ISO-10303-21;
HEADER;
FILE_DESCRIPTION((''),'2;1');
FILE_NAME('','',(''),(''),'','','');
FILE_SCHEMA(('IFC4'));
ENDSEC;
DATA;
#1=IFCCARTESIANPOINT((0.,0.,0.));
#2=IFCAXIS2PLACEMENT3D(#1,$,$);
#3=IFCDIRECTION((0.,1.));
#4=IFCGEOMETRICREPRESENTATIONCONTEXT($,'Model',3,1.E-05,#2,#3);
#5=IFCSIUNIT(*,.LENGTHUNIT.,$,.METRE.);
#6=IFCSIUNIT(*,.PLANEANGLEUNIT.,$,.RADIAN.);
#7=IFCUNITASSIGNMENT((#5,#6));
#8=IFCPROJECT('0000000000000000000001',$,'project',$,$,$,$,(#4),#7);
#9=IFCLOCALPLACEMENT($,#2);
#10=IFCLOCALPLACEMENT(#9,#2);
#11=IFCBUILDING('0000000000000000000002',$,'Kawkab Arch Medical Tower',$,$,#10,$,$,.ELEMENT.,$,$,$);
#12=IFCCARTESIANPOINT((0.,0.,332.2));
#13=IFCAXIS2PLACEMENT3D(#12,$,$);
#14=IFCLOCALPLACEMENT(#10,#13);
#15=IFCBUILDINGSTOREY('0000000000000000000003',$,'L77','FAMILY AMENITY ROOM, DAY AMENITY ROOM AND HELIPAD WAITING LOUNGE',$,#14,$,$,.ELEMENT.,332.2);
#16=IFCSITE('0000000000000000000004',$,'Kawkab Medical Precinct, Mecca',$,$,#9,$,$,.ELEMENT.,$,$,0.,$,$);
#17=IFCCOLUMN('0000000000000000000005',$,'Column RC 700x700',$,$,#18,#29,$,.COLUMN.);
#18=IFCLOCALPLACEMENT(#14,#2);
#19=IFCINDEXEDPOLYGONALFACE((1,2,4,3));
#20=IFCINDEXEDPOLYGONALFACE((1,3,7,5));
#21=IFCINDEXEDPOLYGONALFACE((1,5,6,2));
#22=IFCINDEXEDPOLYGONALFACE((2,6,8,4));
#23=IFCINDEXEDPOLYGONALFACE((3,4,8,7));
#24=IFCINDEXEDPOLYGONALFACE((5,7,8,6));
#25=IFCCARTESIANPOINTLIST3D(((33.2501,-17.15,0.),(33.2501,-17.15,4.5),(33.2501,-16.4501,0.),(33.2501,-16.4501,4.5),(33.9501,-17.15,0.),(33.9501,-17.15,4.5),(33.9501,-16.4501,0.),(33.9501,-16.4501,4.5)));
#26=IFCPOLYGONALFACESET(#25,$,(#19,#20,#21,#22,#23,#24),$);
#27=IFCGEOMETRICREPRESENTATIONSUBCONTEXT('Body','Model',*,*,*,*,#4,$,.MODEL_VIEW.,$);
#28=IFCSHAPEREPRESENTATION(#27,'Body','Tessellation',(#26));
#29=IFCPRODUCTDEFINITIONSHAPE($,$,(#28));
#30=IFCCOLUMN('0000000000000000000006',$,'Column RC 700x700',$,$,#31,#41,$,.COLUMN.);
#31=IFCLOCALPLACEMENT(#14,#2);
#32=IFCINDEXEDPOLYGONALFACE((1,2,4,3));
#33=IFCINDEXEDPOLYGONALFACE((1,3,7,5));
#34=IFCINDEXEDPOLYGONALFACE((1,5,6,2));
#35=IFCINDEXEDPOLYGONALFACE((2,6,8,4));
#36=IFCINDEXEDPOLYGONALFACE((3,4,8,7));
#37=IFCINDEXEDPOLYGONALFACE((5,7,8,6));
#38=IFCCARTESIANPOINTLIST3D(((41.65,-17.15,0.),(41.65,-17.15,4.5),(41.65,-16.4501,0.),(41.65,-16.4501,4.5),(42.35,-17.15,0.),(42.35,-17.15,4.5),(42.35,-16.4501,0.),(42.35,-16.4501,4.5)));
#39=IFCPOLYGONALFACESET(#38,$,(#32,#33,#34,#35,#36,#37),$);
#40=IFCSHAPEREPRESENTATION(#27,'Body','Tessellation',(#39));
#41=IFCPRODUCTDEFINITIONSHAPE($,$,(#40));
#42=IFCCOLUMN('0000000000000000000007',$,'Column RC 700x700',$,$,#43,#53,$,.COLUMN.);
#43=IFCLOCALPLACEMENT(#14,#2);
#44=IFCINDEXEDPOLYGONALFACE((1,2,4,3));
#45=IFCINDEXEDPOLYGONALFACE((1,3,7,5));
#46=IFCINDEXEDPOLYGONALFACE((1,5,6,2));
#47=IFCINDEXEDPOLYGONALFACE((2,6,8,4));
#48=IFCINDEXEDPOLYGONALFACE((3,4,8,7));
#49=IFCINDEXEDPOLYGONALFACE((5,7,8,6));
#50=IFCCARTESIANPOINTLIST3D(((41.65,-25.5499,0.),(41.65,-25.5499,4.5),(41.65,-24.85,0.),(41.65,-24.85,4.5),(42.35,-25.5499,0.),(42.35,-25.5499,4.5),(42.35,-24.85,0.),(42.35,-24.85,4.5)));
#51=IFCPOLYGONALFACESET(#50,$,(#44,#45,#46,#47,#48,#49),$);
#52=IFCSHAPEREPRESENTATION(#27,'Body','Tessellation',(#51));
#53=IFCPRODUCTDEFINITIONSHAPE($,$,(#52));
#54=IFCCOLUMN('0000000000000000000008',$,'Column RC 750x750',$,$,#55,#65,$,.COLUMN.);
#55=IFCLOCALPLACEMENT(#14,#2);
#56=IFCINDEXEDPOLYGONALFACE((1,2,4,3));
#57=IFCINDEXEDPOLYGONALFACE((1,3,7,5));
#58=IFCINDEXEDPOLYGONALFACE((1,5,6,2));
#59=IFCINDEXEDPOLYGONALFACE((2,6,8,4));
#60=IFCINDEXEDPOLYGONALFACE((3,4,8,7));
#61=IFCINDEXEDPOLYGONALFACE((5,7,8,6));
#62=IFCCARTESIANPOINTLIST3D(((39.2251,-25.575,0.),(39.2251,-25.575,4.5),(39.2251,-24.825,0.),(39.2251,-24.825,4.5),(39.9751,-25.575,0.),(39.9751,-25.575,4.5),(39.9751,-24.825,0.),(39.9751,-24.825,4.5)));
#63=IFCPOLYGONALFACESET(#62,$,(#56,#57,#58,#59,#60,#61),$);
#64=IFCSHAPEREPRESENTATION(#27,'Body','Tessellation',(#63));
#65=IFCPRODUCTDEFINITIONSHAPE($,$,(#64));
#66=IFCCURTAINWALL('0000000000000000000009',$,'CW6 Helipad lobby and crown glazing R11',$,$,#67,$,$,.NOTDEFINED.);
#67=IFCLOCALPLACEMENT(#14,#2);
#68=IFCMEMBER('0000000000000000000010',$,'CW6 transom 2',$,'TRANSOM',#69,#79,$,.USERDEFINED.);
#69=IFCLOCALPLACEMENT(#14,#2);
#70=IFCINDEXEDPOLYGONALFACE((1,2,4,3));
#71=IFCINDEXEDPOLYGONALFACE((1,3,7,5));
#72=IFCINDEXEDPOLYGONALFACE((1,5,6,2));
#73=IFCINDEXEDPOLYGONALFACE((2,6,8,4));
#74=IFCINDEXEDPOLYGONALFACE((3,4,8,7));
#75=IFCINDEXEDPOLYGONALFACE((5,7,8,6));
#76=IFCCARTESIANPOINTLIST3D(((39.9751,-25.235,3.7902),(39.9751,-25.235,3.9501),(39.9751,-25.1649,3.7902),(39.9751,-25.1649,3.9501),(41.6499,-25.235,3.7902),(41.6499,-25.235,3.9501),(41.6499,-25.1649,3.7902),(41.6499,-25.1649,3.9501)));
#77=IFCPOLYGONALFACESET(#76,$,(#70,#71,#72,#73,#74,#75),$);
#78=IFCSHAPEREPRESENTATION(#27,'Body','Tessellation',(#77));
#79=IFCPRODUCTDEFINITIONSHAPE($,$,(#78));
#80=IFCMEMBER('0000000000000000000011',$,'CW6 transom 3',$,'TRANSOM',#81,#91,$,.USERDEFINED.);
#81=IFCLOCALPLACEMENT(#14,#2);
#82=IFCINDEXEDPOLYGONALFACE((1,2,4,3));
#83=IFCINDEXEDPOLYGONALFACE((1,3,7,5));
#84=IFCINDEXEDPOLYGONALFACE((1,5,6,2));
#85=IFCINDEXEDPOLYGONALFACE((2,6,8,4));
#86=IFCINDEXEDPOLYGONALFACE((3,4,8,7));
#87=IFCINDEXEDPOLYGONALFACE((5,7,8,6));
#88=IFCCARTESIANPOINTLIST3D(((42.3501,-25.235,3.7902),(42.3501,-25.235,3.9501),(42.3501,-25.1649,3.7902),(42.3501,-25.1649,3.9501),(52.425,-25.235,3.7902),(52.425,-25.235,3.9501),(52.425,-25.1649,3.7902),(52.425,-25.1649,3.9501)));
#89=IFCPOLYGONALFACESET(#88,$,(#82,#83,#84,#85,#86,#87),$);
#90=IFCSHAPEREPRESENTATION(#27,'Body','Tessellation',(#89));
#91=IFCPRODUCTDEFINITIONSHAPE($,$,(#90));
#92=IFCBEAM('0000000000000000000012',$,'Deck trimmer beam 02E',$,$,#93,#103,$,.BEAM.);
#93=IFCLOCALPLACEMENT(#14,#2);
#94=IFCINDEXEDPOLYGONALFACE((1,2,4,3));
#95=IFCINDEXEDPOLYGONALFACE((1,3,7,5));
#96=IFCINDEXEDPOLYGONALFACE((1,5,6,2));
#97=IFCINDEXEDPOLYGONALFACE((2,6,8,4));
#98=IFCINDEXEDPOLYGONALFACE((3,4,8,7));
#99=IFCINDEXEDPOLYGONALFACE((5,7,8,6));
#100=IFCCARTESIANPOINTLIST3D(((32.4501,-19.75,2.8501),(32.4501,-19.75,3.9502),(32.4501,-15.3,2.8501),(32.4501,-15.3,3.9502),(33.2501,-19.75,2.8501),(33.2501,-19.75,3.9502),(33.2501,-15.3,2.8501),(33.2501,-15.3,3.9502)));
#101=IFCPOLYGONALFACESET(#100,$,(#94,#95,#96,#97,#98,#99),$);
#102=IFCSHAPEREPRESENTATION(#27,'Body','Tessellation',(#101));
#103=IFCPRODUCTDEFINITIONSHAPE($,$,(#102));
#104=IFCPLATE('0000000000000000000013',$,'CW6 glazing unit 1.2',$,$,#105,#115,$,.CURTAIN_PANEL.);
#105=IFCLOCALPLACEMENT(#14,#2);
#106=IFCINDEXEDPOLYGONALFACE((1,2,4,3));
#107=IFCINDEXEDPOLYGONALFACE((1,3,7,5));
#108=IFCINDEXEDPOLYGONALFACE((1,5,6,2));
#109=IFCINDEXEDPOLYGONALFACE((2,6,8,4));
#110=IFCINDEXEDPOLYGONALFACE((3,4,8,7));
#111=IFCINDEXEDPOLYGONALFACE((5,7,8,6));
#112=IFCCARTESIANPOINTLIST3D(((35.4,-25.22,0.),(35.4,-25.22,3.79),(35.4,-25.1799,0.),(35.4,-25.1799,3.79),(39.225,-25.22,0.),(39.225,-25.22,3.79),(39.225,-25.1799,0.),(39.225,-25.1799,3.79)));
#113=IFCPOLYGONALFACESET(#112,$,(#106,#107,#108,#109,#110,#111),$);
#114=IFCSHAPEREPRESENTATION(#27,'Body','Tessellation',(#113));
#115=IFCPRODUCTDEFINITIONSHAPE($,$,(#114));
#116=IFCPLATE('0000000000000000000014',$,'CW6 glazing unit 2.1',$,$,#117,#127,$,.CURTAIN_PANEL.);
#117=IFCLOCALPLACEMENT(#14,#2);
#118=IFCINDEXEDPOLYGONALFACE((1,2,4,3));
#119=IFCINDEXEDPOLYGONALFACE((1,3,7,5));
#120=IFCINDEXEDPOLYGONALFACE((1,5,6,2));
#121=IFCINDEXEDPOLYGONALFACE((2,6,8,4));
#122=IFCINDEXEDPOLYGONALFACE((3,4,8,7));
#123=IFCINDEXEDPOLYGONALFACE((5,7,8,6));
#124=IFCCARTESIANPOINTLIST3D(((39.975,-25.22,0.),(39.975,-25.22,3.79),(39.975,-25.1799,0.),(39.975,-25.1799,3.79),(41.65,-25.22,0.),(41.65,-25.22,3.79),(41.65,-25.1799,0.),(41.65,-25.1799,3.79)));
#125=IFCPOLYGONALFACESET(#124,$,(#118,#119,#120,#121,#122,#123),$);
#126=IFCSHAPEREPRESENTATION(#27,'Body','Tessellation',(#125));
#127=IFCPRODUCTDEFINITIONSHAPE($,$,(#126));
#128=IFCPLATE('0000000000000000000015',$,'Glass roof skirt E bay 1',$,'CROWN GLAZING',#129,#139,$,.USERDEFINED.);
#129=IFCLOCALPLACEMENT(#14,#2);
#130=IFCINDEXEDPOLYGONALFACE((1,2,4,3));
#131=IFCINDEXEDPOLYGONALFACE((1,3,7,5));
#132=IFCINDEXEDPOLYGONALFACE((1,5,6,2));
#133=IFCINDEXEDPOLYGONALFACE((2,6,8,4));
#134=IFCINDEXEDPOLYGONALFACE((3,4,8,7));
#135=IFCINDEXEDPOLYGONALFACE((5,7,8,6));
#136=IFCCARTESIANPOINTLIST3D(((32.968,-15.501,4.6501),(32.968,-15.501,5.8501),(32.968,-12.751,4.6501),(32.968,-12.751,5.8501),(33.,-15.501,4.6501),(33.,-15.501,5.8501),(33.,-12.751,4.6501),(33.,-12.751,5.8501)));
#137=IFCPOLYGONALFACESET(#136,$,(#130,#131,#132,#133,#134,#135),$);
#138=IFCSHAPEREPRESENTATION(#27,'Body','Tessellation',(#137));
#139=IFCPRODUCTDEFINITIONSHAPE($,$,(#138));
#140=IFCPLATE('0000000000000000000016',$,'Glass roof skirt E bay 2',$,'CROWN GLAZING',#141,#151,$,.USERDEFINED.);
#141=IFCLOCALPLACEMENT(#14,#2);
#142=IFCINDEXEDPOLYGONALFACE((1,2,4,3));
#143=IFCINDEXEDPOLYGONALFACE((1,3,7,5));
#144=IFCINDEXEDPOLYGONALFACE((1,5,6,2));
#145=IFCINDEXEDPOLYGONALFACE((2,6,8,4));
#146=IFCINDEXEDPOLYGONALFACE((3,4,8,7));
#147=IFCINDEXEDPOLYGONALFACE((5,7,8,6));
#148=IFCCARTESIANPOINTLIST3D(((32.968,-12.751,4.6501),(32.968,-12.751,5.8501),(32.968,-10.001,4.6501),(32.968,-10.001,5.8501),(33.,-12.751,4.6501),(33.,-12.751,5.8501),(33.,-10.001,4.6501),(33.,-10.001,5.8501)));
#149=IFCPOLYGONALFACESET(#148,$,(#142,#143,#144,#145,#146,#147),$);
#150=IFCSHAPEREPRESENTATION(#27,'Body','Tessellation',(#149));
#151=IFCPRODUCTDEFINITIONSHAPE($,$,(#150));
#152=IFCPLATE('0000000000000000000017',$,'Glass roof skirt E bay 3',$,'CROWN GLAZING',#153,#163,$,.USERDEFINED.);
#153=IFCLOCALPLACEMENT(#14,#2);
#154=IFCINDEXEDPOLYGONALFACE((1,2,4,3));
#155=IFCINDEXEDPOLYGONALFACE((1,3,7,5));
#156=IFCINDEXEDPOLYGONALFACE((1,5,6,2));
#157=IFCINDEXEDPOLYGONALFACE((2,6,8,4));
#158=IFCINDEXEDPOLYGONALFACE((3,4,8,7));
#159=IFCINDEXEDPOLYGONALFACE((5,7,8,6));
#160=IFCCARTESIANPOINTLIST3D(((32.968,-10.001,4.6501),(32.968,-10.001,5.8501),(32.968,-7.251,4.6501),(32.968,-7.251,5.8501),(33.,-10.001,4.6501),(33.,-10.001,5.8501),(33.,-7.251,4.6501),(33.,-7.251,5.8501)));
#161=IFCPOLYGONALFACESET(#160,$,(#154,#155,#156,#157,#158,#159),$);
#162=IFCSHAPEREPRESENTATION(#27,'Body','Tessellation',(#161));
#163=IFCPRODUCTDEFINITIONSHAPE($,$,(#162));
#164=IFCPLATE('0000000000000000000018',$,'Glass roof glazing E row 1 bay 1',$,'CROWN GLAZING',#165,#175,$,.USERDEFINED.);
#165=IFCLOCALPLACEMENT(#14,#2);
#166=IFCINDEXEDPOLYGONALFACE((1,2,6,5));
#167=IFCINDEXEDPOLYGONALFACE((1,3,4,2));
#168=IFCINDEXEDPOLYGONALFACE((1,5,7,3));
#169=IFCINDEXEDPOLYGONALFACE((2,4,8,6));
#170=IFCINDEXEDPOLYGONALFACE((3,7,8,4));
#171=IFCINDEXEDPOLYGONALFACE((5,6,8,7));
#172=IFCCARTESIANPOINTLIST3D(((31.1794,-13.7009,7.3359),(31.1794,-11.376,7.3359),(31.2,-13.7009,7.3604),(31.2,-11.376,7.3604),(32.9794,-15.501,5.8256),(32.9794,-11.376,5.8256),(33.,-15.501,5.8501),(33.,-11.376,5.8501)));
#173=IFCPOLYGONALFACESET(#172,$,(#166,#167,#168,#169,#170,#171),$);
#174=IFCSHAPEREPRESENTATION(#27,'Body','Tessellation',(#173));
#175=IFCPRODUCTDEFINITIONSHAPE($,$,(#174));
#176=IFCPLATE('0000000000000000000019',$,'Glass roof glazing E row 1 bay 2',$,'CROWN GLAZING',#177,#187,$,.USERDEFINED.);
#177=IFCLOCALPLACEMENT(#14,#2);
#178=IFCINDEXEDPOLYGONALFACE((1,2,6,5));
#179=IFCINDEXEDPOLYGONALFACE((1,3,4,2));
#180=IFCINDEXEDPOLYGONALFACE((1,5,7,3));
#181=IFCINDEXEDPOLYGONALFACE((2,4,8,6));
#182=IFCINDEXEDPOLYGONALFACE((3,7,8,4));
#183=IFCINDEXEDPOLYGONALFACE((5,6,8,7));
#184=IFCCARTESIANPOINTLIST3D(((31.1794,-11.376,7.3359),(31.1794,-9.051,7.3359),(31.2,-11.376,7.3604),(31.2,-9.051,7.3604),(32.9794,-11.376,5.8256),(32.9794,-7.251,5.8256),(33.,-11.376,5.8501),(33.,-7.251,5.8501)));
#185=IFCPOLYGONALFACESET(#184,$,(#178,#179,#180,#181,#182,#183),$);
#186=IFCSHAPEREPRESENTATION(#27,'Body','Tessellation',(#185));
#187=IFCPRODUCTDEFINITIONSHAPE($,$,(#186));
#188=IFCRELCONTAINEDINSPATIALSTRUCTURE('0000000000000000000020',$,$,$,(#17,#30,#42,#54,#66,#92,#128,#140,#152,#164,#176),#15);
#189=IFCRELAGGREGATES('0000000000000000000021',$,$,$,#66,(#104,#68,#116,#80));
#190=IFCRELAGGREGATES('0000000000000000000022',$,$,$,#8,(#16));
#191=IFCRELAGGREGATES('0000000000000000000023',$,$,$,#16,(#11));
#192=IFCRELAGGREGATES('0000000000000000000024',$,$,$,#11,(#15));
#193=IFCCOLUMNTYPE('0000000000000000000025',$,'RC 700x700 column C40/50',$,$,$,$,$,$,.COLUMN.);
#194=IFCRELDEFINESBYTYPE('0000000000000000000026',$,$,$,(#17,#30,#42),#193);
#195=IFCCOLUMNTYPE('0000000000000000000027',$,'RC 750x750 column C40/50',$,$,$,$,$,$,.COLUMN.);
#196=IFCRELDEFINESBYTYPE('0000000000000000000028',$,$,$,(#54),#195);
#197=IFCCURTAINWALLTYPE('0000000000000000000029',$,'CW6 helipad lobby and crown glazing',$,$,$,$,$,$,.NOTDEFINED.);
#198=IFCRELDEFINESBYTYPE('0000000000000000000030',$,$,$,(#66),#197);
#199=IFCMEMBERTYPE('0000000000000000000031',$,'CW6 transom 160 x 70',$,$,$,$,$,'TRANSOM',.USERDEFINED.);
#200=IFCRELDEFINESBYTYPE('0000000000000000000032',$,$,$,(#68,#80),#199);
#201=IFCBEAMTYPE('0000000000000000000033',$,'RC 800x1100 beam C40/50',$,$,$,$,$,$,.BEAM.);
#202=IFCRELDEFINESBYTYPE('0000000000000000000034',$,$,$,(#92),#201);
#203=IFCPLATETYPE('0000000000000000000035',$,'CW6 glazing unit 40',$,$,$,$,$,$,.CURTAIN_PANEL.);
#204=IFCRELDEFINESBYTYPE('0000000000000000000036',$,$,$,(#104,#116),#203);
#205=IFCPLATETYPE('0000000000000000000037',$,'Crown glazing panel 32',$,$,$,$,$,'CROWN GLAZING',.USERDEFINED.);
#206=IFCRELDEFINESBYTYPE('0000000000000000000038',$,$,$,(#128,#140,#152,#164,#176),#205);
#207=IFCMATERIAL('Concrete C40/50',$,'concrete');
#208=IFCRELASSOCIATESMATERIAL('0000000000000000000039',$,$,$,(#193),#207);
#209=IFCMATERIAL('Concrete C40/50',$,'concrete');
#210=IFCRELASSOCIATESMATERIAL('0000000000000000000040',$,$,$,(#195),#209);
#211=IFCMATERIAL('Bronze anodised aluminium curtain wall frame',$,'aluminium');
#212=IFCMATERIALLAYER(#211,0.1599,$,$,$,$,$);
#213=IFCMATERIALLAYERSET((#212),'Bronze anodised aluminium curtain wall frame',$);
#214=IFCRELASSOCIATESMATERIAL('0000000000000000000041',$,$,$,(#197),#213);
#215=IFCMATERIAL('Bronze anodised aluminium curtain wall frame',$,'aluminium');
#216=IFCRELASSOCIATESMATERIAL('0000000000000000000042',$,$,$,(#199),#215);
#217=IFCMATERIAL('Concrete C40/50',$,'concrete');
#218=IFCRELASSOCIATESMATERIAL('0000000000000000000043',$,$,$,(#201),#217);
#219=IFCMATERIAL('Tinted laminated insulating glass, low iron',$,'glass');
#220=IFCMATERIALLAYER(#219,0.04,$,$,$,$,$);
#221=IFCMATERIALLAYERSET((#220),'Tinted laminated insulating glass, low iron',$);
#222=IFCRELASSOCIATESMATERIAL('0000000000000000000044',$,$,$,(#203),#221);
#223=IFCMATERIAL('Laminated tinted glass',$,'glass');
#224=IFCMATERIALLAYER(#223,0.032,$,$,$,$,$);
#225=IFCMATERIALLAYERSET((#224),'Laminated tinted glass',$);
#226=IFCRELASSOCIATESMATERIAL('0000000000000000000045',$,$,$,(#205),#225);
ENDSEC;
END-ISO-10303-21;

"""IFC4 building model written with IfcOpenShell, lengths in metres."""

from ifc_helpers import new_model, si_unit, direction, frame, origin, origin_2d, place, context, subcontext, project, spatial, polyline, rectangle, outline, extrude, material, layer, layer_set, material_profile, profile_set, type_object, element, aggregate, save


model = new_model("IFC4")

# Units and contexts
model_context = context("Model", 3, precision=1e-05, world=origin(), true_north=direction((0.0, 1.0)))
body_context = subcontext(model_context, "Body", "Model", "MODEL_VIEW")
ifc_project = project(units=[si_unit("LENGTHUNIT", "METRE"), si_unit("PLANEANGLEUNIT", "RADIAN")], contexts=[model_context])

# Site, building, storey
site_placement = place(None, origin())
site = spatial("IfcSite", under=ifc_project, at=site_placement, Name="Kawkab Medical Precinct, Mecca", CompositionType="ELEMENT", RefElevation=0.0)
building_placement = place(site_placement, origin())
building = spatial("IfcBuilding", under=site, at=building_placement, Name="Kawkab Arch Medical Tower", CompositionType="ELEMENT")
storey_placement = place(building_placement, frame((0.0, 0.0, 332.2)))
storey = spatial("IfcBuildingStorey", under=building, at=storey_placement, Name="L77", Description="FAMILY AMENITY ROOM, DAY AMENITY ROOM AND HELIPAD WAITING LOUNGE", CompositionType="ELEMENT", Elevation=332.2)

# Columns
ifc_material_1 = material(Name="Concrete C40/50", Category="concrete")
ifc_material_profile_1 = material_profile(ifc_material_1, rectangle(XDim=0.7, YDim=0.7, at=origin_2d()), Name="RC 700x700")
ifc_profile_set_1 = profile_set([ifc_material_profile_1], Name="Concrete C40/50")
column_type_1 = type_object("IfcColumnType", Name="RC 700x700 column C40/50", PredefinedType="COLUMN", material=ifc_profile_set_1)
for number, where, z_axis, x_axis, name in (
    (1, (33.6001, -16.8, 0.0), (0.0, 0.0, 1.0), (1.0, 0.0, 0.0), "Column RC 700x700"),
    (2, (42.0, -16.8, 0.0), (0.0, 0.0, 1.0), (1.0, 0.0, 0.0), "Column RC 700x700"),
    (3, (42.0, -25.2, 0.0), (0.0, 0.0, 1.0), (1.0, 0.0, 0.0), "Column RC 700x700"),
):
    element("IfcColumn", number, at=place(storey_placement, frame(where, z_axis=z_axis, x_axis=x_axis)), inside=storey, type_object=column_type_1, Name=name, PredefinedType="COLUMN", context=body_context, shape_type="SweptSolid", body=[
        extrude(rectangle(XDim=0.7, YDim=0.7, at=origin_2d()), origin(), (0.0, 0.0, 1.0), 4.5),
    ])
ifc_material_2 = material(Name="Concrete C40/50", Category="concrete")
ifc_material_profile_2 = material_profile(ifc_material_2, rectangle(XDim=0.75, YDim=0.75, at=origin_2d()), Name="RC 750x750")
ifc_profile_set_2 = profile_set([ifc_material_profile_2], Name="Concrete C40/50")
column_type_2 = type_object("IfcColumnType", Name="RC 750x750 column C40/50", PredefinedType="COLUMN", material=ifc_profile_set_2)
column_placement = place(storey_placement, frame((39.6001, -25.2, 0.0), z_axis=(0.0, 0.0, 1.0), x_axis=(1.0, 0.0, 0.0)))
element("IfcColumn", 4, at=column_placement, inside=storey, type_object=column_type_2, Name="Column RC 750x750", PredefinedType="COLUMN", context=body_context, shape_type="SweptSolid", body=[
    extrude(rectangle(XDim=0.75, YDim=0.75, at=origin_2d()), origin(), (0.0, 0.0, 1.0), 4.5),
])

# Curtain wall, members
ifc_material_3 = material(Name="Bronze anodised aluminium curtain wall frame", Category="aluminium")
ifc_layer_1 = layer(ifc_material_3, 0.1599)
ifc_layer_set_1 = layer_set([ifc_layer_1], Name="Bronze anodised aluminium curtain wall frame")
curtain_wall_type = type_object("IfcCurtainWallType", Name="CW6 helipad lobby and crown glazing", PredefinedType="NOTDEFINED", material=ifc_layer_set_1)
curtain_wall_placement = place(storey_placement, origin())
curtain_wall = element("IfcCurtainWall", 5, at=curtain_wall_placement, inside=storey, type_object=curtain_wall_type, Name="CW6 Helipad lobby and crown glazing R11", PredefinedType="NOTDEFINED")
ifc_material_4 = material(Name="Bronze anodised aluminium curtain wall frame", Category="aluminium")
ifc_material_profile_3 = material_profile(ifc_material_4, rectangle(XDim=0.0701, YDim=0.1599, at=origin_2d()), Name="AL 70x160")
ifc_profile_set_3 = profile_set([ifc_material_profile_3], Name="Bronze anodised aluminium curtain wall frame")
member_type = type_object("IfcMemberType", Name="CW6 transom 160 x 70", ElementType="TRANSOM", PredefinedType="USERDEFINED", material=ifc_profile_set_3)
member_1_placement = place(storey_placement, frame((39.9751, -25.2, 3.8701), z_axis=(1.0, 0.0, 0.0), x_axis=(0.0, 1.0, 0.0)))
member_1 = element("IfcMember", 6, at=member_1_placement, type_object=member_type, Name="CW6 transom 2", ObjectType="TRANSOM", PredefinedType="USERDEFINED", context=body_context, shape_type="SweptSolid", body=[
    extrude(rectangle(XDim=0.0701, YDim=0.1599, at=origin_2d()), origin(), (0.0, 0.0, 1.0), 1.6748),
])
member_2_placement = place(storey_placement, frame((42.3501, -25.2, 3.8701), z_axis=(1.0, 0.0, 0.0), x_axis=(0.0, 1.0, 0.0)))
member_2 = element("IfcMember", 7, at=member_2_placement, type_object=member_type, Name="CW6 transom 3", ObjectType="TRANSOM", PredefinedType="USERDEFINED", context=body_context, shape_type="SweptSolid", body=[
    extrude(rectangle(XDim=0.0701, YDim=0.1599, at=origin_2d()), origin(), (0.0, 0.0, 1.0), 10.075),
])

# Beam
ifc_material_5 = material(Name="Concrete C40/50", Category="concrete")
ifc_material_profile_4 = material_profile(ifc_material_5, rectangle(XDim=0.8, YDim=1.1001, at=origin_2d()), Name="RC 800x1100")
ifc_profile_set_4 = profile_set([ifc_material_profile_4], Name="Concrete C40/50")
beam_type = type_object("IfcBeamType", Name="RC 800x1100 beam C40/50", PredefinedType="BEAM", material=ifc_profile_set_4)
beam_placement = place(storey_placement, frame((32.8501, -19.75, 3.4001), z_axis=(0.0, 1.0, 0.0), x_axis=(-1.0, 0.0, 0.0)))
element("IfcBeam", 8, at=beam_placement, inside=storey, type_object=beam_type, Name="Deck trimmer beam 02E", PredefinedType="BEAM", context=body_context, shape_type="SweptSolid", body=[
    extrude(rectangle(XDim=0.8, YDim=1.1001, at=origin_2d()), origin(), (0.0, 0.0, 1.0), 4.45),
])

# Plates
ifc_material_6 = material(Name="Tinted laminated insulating glass, low iron", Category="glass")
ifc_layer_2 = layer(ifc_material_6, 0.04)
ifc_layer_set_2 = layer_set([ifc_layer_2], Name="Tinted laminated insulating glass, low iron")
plate_type_1 = type_object("IfcPlateType", Name="CW6 glazing unit 40", PredefinedType="CURTAIN_PANEL", material=ifc_layer_set_2)
plate_1_placement = place(storey_placement, frame((37.3125, -25.2, 0.0), z_axis=(0.0, 0.0, 1.0), x_axis=(1.0, 0.0, 0.0)))
plate_1 = element("IfcPlate", 9, at=plate_1_placement, type_object=plate_type_1, Name="CW6 glazing unit 1.2", PredefinedType="CURTAIN_PANEL", context=body_context, shape_type="SweptSolid", body=[
    extrude(rectangle(XDim=3.825, YDim=0.04, at=origin_2d()), origin(), (0.0, 0.0, 1.0), 3.79),
])
plate_2_placement = place(storey_placement, frame((40.8125, -25.2, 0.0), z_axis=(0.0, 0.0, 1.0), x_axis=(1.0, 0.0, 0.0)))
plate_2 = element("IfcPlate", 10, at=plate_2_placement, type_object=plate_type_1, Name="CW6 glazing unit 2.1", PredefinedType="CURTAIN_PANEL", context=body_context, shape_type="SweptSolid", body=[
    extrude(rectangle(XDim=1.675, YDim=0.04, at=origin_2d()), origin(), (0.0, 0.0, 1.0), 3.79),
])
aggregate(curtain_wall, [plate_1, member_1, plate_2, member_2])

# Plates
ifc_material_7 = material(Name="Laminated tinted glass", Category="glass")
ifc_layer_3 = layer(ifc_material_7, 0.032)
ifc_layer_set_3 = layer_set([ifc_layer_3], Name="Laminated tinted glass")
plate_type_2 = type_object("IfcPlateType", Name="Crown glazing panel 32", ElementType="CROWN GLAZING", PredefinedType="USERDEFINED", material=ifc_layer_set_3)
for number, where, z_axis, x_axis, name in (
    (11, (33.0, -15.501, 4.6501), (1.0, 0.0, 0.0), (0.0, 1.0, 0.0), "Glass roof skirt E bay 1"),
    (12, (33.0, -12.751, 4.6501), (1.0, 0.0, 0.0), (0.0, 1.0, 0.0), "Glass roof skirt E bay 2"),
    (13, (33.0, -10.001, 4.6501), (1.0, 0.0, 0.0), (0.0, 1.0, 0.0), "Glass roof skirt E bay 3"),
):
    element("IfcPlate", number, at=place(storey_placement, frame(where, z_axis=z_axis, x_axis=x_axis)), inside=storey, type_object=plate_type_2, Name=name, ObjectType="CROWN GLAZING", PredefinedType="USERDEFINED", context=body_context, shape_type="SweptSolid", body=[
        extrude(outline(polyline([(0.0, 0.0), (2.75, 0.0), (2.75, 1.2), (0.0, 1.2), (0.0, 0.0)])), origin(), (0.0, 0.0, -1.0), 0.032),
    ])
plate_3_placement = place(storey_placement, frame((33.0, -15.501, 5.8501), z_axis=(0.642746, 0.0, 0.766079), x_axis=(0.0, 1.0, 0.0)))
element("IfcPlate", 14, at=plate_3_placement, inside=storey, type_object=plate_type_2, Name="Glass roof glazing E row 1 bay 1", ObjectType="CROWN GLAZING", PredefinedType="USERDEFINED", context=body_context, shape_type="SweptSolid", body=[
    extrude(outline(polyline([(0.0, 0.0), (4.125, 0.0), (4.125, 2.3497), (1.8, 2.3497), (0.0, 0.0)])), origin(), (0.0, 0.0, -1.0), 0.032),
])
plate_4_placement = place(storey_placement, frame((33.0, -11.376, 5.8501), z_axis=(0.642746, 0.0, 0.766079), x_axis=(0.0, 1.0, 0.0)))
element("IfcPlate", 15, at=plate_4_placement, inside=storey, type_object=plate_type_2, Name="Glass roof glazing E row 1 bay 2", ObjectType="CROWN GLAZING", PredefinedType="USERDEFINED", context=body_context, shape_type="SweptSolid", body=[
    extrude(outline(polyline([(0.0, 0.0), (4.125, 0.0), (2.325, 2.3497), (0.0, 2.3497), (0.0, 0.0)])), origin(), (0.0, 0.0, -1.0), 0.032),
])

save(model, "model.ifc")
